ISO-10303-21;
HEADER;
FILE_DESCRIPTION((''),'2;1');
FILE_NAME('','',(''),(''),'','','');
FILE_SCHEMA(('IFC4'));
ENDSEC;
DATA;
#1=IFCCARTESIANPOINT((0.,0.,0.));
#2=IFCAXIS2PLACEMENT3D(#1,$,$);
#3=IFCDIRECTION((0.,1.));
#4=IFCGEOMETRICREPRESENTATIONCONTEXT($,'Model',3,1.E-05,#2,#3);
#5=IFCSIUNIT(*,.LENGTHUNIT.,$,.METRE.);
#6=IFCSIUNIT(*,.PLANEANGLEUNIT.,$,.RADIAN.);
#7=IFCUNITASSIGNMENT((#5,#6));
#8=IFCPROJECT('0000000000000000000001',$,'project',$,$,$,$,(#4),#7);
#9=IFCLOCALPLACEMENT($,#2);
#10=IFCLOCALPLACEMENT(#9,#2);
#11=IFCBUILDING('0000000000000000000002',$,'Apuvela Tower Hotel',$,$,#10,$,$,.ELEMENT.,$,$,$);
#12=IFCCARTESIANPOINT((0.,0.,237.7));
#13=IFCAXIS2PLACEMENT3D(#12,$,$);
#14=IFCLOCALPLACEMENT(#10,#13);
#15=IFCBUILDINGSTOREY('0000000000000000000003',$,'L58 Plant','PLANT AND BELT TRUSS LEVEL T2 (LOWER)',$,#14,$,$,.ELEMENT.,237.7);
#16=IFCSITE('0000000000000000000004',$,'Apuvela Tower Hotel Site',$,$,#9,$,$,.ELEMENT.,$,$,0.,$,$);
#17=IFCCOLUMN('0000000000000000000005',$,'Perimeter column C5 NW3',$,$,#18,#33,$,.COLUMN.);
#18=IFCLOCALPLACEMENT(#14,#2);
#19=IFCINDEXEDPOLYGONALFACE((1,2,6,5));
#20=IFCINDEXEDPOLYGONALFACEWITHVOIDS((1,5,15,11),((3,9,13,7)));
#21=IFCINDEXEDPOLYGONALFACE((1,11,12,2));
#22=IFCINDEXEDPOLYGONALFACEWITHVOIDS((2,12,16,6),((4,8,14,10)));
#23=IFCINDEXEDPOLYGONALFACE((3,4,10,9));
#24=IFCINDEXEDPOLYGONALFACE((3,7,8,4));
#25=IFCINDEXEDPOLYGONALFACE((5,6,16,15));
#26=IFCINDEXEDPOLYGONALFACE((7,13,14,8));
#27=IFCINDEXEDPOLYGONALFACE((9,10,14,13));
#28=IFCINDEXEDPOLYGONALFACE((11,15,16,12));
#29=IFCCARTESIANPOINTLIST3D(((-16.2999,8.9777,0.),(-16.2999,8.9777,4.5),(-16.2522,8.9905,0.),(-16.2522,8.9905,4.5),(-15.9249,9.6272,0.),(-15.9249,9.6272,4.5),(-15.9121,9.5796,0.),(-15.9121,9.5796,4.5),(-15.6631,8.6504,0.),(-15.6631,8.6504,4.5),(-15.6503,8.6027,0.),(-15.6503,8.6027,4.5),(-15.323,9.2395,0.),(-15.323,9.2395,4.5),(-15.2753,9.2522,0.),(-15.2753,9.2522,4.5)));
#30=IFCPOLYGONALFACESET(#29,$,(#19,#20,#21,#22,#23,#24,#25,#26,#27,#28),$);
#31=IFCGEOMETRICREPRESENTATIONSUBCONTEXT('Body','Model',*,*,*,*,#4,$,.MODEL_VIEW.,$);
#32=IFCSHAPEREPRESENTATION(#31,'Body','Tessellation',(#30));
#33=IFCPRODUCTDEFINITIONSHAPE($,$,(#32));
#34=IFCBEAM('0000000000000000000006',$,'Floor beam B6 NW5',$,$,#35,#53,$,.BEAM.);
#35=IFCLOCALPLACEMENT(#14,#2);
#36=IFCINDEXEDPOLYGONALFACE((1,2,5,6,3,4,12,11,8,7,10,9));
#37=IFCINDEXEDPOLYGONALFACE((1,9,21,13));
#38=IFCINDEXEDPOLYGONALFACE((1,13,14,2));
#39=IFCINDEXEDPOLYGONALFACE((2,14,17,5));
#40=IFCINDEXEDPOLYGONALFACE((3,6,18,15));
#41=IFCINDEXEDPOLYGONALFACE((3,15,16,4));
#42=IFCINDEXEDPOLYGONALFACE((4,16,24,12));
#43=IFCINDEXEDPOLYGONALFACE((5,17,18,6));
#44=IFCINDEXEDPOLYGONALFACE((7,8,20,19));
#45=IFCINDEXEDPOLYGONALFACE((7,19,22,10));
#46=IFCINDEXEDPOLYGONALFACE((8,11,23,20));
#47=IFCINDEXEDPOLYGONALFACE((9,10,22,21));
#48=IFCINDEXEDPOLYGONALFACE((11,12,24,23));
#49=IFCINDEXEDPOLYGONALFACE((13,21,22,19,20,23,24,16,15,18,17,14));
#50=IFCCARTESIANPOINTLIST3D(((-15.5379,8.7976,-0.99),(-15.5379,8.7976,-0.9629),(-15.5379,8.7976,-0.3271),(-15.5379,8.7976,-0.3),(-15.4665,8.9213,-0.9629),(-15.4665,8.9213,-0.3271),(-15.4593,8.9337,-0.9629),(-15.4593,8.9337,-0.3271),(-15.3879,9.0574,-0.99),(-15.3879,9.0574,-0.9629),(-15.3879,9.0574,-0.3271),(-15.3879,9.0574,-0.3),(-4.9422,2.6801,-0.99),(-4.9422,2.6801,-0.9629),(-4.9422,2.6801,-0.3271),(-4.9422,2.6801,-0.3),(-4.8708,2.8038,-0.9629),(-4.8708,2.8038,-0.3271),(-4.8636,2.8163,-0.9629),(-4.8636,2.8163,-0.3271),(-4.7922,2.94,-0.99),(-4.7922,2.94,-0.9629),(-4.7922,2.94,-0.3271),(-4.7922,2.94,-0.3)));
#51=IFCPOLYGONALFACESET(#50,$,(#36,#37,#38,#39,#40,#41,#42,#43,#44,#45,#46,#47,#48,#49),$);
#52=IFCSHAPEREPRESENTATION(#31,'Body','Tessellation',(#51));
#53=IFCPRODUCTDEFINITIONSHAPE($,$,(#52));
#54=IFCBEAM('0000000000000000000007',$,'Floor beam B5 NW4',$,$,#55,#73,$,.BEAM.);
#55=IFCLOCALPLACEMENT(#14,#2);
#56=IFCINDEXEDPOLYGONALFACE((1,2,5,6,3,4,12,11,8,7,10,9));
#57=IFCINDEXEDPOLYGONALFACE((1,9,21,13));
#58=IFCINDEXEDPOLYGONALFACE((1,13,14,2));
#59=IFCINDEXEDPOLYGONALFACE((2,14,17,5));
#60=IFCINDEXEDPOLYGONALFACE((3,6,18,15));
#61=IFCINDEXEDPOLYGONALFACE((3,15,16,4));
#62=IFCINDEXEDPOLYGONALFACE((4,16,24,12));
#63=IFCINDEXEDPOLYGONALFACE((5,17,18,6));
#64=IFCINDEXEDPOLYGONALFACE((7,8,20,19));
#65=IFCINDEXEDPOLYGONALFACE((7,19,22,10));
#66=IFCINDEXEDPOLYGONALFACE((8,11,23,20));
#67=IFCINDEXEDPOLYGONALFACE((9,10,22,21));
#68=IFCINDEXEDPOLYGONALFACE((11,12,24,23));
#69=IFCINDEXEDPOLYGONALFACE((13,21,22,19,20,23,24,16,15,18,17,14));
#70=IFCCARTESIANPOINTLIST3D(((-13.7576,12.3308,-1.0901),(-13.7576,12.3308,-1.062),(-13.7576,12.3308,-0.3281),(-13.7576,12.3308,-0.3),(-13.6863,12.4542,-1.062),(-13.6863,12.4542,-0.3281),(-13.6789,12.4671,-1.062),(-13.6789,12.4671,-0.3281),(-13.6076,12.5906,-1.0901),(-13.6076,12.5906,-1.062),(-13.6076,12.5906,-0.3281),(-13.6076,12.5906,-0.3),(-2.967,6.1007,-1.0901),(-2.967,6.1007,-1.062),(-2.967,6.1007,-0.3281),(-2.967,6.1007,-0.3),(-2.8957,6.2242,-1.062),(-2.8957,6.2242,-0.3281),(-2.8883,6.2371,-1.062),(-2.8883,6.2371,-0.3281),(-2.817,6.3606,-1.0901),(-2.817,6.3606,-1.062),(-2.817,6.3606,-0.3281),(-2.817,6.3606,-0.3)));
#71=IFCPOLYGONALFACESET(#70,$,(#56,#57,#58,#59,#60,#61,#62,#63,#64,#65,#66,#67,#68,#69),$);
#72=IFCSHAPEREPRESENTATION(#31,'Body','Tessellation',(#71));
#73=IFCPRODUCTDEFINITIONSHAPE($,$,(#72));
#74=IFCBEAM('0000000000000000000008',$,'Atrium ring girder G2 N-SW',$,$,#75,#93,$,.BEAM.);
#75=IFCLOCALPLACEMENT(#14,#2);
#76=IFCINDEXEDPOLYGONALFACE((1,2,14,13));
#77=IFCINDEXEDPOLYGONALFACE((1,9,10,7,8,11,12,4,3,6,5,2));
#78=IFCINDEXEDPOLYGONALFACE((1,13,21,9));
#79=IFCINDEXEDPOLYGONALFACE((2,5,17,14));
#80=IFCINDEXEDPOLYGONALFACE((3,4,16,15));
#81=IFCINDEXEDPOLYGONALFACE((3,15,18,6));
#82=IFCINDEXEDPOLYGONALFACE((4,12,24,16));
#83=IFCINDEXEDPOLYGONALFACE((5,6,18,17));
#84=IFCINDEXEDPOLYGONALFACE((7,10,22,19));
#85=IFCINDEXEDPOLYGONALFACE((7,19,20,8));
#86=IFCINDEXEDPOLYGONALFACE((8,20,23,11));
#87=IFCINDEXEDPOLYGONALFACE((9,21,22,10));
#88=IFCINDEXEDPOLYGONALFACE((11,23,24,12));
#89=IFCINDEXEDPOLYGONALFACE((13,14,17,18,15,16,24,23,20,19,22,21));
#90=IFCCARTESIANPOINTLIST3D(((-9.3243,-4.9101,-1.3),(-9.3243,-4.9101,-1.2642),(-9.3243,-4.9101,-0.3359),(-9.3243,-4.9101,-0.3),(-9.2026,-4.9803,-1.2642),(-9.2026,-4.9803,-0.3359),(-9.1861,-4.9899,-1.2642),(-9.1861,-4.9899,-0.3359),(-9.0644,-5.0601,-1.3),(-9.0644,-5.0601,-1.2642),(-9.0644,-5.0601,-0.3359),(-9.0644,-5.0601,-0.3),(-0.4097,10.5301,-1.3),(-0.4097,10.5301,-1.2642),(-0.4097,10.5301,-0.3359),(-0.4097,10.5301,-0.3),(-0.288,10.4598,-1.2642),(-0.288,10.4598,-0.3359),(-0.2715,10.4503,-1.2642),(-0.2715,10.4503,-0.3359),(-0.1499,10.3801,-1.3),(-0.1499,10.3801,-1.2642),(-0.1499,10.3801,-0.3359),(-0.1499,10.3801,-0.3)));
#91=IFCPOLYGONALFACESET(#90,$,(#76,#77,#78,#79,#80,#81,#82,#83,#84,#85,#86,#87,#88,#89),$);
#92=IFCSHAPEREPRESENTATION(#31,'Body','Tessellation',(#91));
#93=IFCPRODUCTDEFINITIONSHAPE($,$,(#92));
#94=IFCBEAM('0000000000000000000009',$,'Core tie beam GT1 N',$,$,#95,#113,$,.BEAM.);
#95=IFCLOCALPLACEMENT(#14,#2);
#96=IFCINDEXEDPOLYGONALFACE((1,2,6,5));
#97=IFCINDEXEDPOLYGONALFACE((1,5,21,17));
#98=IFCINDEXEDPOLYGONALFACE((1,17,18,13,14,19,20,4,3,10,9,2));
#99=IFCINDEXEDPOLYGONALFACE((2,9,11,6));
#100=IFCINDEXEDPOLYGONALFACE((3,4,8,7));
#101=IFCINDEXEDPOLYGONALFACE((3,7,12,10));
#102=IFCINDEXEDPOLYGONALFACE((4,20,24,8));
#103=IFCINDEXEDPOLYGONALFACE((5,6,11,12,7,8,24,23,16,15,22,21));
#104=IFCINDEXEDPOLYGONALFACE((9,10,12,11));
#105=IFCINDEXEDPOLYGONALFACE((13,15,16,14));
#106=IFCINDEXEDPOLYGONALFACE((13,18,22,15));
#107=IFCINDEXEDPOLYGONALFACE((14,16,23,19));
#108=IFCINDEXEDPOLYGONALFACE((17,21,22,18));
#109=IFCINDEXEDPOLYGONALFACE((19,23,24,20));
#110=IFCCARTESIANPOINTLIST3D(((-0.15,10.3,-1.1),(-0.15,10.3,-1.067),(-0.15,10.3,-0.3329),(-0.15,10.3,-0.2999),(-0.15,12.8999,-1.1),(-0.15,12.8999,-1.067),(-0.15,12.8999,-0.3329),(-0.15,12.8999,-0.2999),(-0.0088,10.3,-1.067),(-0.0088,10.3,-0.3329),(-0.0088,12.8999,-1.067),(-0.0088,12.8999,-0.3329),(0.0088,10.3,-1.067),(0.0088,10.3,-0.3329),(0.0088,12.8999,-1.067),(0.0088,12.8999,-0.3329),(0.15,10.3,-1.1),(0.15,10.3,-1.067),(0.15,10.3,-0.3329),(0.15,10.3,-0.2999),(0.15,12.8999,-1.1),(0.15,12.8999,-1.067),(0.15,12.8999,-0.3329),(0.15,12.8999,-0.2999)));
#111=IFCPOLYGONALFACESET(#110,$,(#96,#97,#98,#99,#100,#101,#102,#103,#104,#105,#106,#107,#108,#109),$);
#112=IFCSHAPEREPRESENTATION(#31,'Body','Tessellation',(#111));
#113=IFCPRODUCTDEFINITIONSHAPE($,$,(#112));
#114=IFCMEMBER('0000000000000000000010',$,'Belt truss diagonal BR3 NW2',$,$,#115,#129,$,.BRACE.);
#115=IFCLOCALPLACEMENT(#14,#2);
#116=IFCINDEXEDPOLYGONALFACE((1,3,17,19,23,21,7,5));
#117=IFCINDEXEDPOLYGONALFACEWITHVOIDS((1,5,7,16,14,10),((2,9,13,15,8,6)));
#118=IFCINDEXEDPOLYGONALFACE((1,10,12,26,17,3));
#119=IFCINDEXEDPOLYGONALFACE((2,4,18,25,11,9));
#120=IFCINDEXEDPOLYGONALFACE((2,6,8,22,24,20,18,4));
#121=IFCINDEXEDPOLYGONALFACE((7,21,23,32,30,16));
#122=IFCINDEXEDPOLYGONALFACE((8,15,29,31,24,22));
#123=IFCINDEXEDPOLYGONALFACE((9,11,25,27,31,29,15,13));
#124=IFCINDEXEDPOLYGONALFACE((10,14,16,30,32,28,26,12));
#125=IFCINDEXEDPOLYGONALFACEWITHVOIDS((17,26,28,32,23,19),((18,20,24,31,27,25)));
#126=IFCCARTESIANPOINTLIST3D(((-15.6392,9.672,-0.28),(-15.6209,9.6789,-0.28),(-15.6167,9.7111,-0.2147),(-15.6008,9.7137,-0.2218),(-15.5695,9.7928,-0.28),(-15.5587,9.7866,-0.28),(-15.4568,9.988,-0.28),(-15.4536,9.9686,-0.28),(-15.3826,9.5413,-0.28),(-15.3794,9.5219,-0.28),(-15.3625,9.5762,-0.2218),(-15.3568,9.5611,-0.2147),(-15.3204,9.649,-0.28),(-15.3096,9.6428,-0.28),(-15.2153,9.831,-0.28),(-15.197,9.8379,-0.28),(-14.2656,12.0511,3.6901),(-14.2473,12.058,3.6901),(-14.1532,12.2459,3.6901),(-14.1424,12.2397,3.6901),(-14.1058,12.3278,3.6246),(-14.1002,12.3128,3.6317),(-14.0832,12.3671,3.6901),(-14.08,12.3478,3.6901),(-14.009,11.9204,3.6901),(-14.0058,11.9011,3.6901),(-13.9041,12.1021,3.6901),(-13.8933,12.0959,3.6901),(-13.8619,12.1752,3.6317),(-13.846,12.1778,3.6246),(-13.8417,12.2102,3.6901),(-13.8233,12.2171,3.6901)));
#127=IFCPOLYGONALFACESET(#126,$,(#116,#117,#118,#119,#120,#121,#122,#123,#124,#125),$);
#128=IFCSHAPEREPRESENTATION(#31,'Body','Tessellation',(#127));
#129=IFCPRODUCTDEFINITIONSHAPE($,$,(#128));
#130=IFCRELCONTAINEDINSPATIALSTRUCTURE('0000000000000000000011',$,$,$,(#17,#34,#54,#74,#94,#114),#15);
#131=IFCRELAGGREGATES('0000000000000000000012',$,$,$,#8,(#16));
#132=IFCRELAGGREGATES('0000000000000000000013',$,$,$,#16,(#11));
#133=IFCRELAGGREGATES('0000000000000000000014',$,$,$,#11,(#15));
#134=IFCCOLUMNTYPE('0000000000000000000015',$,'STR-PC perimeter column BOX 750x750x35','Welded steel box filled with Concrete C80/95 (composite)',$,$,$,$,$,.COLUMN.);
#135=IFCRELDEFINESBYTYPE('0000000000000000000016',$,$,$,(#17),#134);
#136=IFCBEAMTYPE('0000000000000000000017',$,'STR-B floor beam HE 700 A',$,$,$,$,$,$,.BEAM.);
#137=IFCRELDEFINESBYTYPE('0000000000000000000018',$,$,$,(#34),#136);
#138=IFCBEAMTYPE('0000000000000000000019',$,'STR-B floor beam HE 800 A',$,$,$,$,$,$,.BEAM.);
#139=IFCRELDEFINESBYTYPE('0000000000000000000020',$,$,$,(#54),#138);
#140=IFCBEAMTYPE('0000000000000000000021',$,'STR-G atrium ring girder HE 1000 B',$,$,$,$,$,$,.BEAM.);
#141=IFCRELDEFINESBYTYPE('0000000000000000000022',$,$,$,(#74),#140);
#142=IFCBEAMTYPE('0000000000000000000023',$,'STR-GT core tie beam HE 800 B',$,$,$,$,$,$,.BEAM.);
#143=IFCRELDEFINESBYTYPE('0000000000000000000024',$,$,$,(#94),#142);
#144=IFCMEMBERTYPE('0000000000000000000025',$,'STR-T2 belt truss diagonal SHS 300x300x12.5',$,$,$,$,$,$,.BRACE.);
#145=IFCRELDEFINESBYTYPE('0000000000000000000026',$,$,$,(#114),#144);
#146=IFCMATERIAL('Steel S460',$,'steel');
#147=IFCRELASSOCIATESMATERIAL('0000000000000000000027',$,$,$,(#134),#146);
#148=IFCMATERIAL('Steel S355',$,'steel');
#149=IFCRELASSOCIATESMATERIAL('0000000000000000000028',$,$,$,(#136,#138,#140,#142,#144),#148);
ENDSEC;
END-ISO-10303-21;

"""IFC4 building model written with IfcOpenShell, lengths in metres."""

from ifc_helpers import new_model, si_unit, direction, frame, origin, origin_2d, place, context, subcontext, project, spatial, rectangle, hollow_rectangle, i_section, extrude, boolean, halfspace, material, material_profile, profile_set, type_object, element, save


model = new_model("IFC4")

# Units and contexts
model_context = context("Model", 3, precision=1e-05, world=origin(), true_north=direction((0.0, 1.0)))
body_context = subcontext(model_context, "Body", "Model", "MODEL_VIEW")
ifc_project = project(units=[si_unit("LENGTHUNIT", "METRE"), si_unit("PLANEANGLEUNIT", "RADIAN")], contexts=[model_context])

# Site, building, storey
site_placement = place(None, origin())
site = spatial("IfcSite", under=ifc_project, at=site_placement, Name="Apuvela Tower Hotel Site", CompositionType="ELEMENT", RefElevation=0.0)
building_placement = place(site_placement, origin())
building = spatial("IfcBuilding", under=site, at=building_placement, Name="Apuvela Tower Hotel", CompositionType="ELEMENT")
storey_placement = place(building_placement, frame((0.0, 0.0, 237.7)))
storey = spatial("IfcBuildingStorey", under=building, at=storey_placement, Name="L58 Plant", Description="PLANT AND BELT TRUSS LEVEL T2 (LOWER)", CompositionType="ELEMENT", Elevation=237.7)

# Column
ifc_material_1 = material(Name="Steel S460", Category="steel")
ifc_material_profile_1 = material_profile(ifc_material_1, hollow_rectangle(XDim=0.75, YDim=0.75, WallThickness=0.0349, at=origin_2d()), Name="BOX 750x750x35")
ifc_material_2 = material(Name="Concrete C80/95", Category="concrete")
ifc_material_profile_2 = material_profile(ifc_material_2, rectangle(XDim=0.6799, YDim=0.6799, at=origin_2d()), Name="Concrete C80/95 infill")
ifc_profile_set_1 = profile_set([ifc_material_profile_1, ifc_material_profile_2], Name="Steel S460")
column_type = type_object("IfcColumnType", Name="STR-PC perimeter column BOX 750x750x35", Description="Welded steel box filled with Concrete C80/95 (composite)", PredefinedType="COLUMN", material=ifc_profile_set_1)
column_placement = place(storey_placement, frame((-15.7876, 9.115, 0.0), z_axis=(0.0, 0.0, 1.0), x_axis=(0.5, 0.866025, 0.0)))
element("IfcColumn", 1, at=column_placement, inside=storey, type_object=column_type, Name="Perimeter column C5 NW3", PredefinedType="COLUMN", context=body_context, shape_type="SweptSolid", body=[
    extrude(hollow_rectangle(XDim=0.75, YDim=0.75, WallThickness=0.0349, at=origin_2d()), origin(), (0.0, 0.0, 1.0), 4.5),
])

# Beams
ifc_material_3 = material(Name="Steel S355", Category="steel")
ifc_material_profile_3 = material_profile(ifc_material_3, i_section(OverallWidth=0.3, OverallDepth=0.6899, WebThickness=0.0144, FlangeThickness=0.0271, at=origin_2d()), Name="HE 700 A")
ifc_profile_set_2 = profile_set([ifc_material_profile_3], Name="Steel S355")
beam_type_1 = type_object("IfcBeamType", Name="STR-B floor beam HE 700 A", PredefinedType="BEAM", material=ifc_profile_set_2)
beam_1_placement = place(storey_placement, frame((-15.4629, 8.9275, -0.645), z_axis=(0.866025, -0.5, 0.0), x_axis=(0.5, 0.866025, 0.0)))
element("IfcBeam", 2, at=beam_1_placement, inside=storey, type_object=beam_type_1, Name="Floor beam B6 NW5", PredefinedType="BEAM", context=body_context, shape_type="SweptSolid", body=[
    extrude(i_section(OverallWidth=0.3, OverallDepth=0.6899, WebThickness=0.0144, FlangeThickness=0.0271, at=origin_2d()), origin(), (0.0, 0.0, 1.0), 12.2349),
])
ifc_material_profile_4 = material_profile(ifc_material_3, i_section(OverallWidth=0.3, OverallDepth=0.79, WebThickness=0.0149, FlangeThickness=0.0281, at=origin_2d()), Name="HE 800 A")
ifc_profile_set_3 = profile_set([ifc_material_profile_4], Name="Steel S355")
beam_type_2 = type_object("IfcBeamType", Name="STR-B floor beam HE 800 A", PredefinedType="BEAM", material=ifc_profile_set_3)
beam_2_placement = place(storey_placement, frame((-13.6826, 12.4607, -0.6951), z_axis=(0.866023, -0.500004, 0.0), x_axis=(0.500004, 0.866023, 0.0)))
element("IfcBeam", 3, at=beam_2_placement, inside=storey, type_object=beam_type_2, Name="Floor beam B5 NW4", PredefinedType="BEAM", context=body_context, shape_type="SweptSolid", body=[
    extrude(i_section(OverallWidth=0.3, OverallDepth=0.79, WebThickness=0.0149, FlangeThickness=0.0281, at=origin_2d()), origin(), (0.0, 0.0, 1.0), 12.46),
])
ifc_material_profile_5 = material_profile(ifc_material_3, i_section(OverallWidth=0.3, OverallDepth=1.0, WebThickness=0.019, FlangeThickness=0.0359, at=origin_2d()), Name="HE 1000 B")
ifc_profile_set_4 = profile_set([ifc_material_profile_5], Name="Steel S355")
beam_type_3 = type_object("IfcBeamType", Name="STR-G atrium ring girder HE 1000 B", PredefinedType="BEAM", material=ifc_profile_set_4)
beam_3_placement = place(storey_placement, frame((-0.2798, 10.4551, -0.8), z_axis=(-0.500007, -0.866022, 0.0), x_axis=(0.866022, -0.500007, 0.0)))
element("IfcBeam", 4, at=beam_3_placement, inside=storey, type_object=beam_type_3, Name="Atrium ring girder G2 N-SW", PredefinedType="BEAM", context=body_context, shape_type="SweptSolid", body=[
    extrude(i_section(OverallWidth=0.3, OverallDepth=1.0, WebThickness=0.019, FlangeThickness=0.0359, at=origin_2d()), origin(), (0.0, 0.0, 1.0), 17.8289),
])
ifc_material_profile_6 = material_profile(ifc_material_3, i_section(OverallWidth=0.3, OverallDepth=0.8, WebThickness=0.0176, FlangeThickness=0.033, at=origin_2d()), Name="HE 800 B")
ifc_profile_set_5 = profile_set([ifc_material_profile_6], Name="Steel S355")
beam_type_4 = type_object("IfcBeamType", Name="STR-GT core tie beam HE 800 B", PredefinedType="BEAM", material=ifc_profile_set_5)
beam_4_placement = place(storey_placement, frame((0.0, 12.8999, -0.7), z_axis=(0.0, -1.0, 0.0), x_axis=(1.0, 0.0, 0.0)))
element("IfcBeam", 5, at=beam_4_placement, inside=storey, type_object=beam_type_4, Name="Core tie beam GT1 N", PredefinedType="BEAM", context=body_context, shape_type="SweptSolid", body=[
    extrude(i_section(OverallWidth=0.3, OverallDepth=0.8, WebThickness=0.0176, FlangeThickness=0.033, at=origin_2d()), origin(), (0.0, 0.0, 1.0), 2.5999),
])

# Member
ifc_material_profile_7 = material_profile(ifc_material_3, hollow_rectangle(XDim=0.3, YDim=0.3, WallThickness=0.0125, at=origin_2d()), Name="SHS 300x300x12.5")
ifc_profile_set_6 = profile_set([ifc_material_profile_7], Name="Steel S355")
member_type = type_object("IfcMemberType", Name="STR-T2 belt truss diagonal SHS 300x300x12.5", PredefinedType="BRACE", material=ifc_profile_set_6)
member_placement = place(storey_placement, frame((-15.425, 9.7429, -0.3), z_axis=(0.284519, 0.49279, 0.822318), x_axis=(-0.411167, -0.712144, 0.569028)))
solid = boolean("DIFFERENCE", boolean("DIFFERENCE", extrude(hollow_rectangle(XDim=0.3, YDim=0.3, WallThickness=0.0125, at=origin_2d()), frame((0.0, 0.0, -0.2239)), (0.0, 0.0, 1.0), 5.324), halfspace(frame((0.0, 0.0, 0.0244), z_axis=(0.569028, 0.0, 0.822318), x_axis=(0.822318, 0.0, -0.569028)), True)), halfspace(frame((0.0, 0.0, 4.8523), z_axis=(0.569028, 0.0, 0.822318), x_axis=(0.822318, 0.0, -0.569028)), False))
element("IfcMember", 6, at=member_placement, inside=storey, type_object=member_type, Name="Belt truss diagonal BR3 NW2", PredefinedType="BRACE", context=body_context, shape_type="SweptSolid", body=[
    boolean("UNION", boolean("DIFFERENCE", boolean("DIFFERENCE", extrude(hollow_rectangle(XDim=0.3, YDim=0.3, WallThickness=0.0125, at=origin_2d()), origin(), (0.0, 0.0, 1.0), 4.8765), halfspace(frame((0.0, 0.0, 0.0244), z_axis=(0.569028, 0.0, 0.822318), x_axis=(0.822318, 0.0, -0.569028)), True)), halfspace(frame((0.0, 0.0, 4.8523), z_axis=(0.569028, 0.0, 0.822318), x_axis=(0.822318, 0.0, -0.569028)), False)), solid),
])

save(model, "model.ifc")
